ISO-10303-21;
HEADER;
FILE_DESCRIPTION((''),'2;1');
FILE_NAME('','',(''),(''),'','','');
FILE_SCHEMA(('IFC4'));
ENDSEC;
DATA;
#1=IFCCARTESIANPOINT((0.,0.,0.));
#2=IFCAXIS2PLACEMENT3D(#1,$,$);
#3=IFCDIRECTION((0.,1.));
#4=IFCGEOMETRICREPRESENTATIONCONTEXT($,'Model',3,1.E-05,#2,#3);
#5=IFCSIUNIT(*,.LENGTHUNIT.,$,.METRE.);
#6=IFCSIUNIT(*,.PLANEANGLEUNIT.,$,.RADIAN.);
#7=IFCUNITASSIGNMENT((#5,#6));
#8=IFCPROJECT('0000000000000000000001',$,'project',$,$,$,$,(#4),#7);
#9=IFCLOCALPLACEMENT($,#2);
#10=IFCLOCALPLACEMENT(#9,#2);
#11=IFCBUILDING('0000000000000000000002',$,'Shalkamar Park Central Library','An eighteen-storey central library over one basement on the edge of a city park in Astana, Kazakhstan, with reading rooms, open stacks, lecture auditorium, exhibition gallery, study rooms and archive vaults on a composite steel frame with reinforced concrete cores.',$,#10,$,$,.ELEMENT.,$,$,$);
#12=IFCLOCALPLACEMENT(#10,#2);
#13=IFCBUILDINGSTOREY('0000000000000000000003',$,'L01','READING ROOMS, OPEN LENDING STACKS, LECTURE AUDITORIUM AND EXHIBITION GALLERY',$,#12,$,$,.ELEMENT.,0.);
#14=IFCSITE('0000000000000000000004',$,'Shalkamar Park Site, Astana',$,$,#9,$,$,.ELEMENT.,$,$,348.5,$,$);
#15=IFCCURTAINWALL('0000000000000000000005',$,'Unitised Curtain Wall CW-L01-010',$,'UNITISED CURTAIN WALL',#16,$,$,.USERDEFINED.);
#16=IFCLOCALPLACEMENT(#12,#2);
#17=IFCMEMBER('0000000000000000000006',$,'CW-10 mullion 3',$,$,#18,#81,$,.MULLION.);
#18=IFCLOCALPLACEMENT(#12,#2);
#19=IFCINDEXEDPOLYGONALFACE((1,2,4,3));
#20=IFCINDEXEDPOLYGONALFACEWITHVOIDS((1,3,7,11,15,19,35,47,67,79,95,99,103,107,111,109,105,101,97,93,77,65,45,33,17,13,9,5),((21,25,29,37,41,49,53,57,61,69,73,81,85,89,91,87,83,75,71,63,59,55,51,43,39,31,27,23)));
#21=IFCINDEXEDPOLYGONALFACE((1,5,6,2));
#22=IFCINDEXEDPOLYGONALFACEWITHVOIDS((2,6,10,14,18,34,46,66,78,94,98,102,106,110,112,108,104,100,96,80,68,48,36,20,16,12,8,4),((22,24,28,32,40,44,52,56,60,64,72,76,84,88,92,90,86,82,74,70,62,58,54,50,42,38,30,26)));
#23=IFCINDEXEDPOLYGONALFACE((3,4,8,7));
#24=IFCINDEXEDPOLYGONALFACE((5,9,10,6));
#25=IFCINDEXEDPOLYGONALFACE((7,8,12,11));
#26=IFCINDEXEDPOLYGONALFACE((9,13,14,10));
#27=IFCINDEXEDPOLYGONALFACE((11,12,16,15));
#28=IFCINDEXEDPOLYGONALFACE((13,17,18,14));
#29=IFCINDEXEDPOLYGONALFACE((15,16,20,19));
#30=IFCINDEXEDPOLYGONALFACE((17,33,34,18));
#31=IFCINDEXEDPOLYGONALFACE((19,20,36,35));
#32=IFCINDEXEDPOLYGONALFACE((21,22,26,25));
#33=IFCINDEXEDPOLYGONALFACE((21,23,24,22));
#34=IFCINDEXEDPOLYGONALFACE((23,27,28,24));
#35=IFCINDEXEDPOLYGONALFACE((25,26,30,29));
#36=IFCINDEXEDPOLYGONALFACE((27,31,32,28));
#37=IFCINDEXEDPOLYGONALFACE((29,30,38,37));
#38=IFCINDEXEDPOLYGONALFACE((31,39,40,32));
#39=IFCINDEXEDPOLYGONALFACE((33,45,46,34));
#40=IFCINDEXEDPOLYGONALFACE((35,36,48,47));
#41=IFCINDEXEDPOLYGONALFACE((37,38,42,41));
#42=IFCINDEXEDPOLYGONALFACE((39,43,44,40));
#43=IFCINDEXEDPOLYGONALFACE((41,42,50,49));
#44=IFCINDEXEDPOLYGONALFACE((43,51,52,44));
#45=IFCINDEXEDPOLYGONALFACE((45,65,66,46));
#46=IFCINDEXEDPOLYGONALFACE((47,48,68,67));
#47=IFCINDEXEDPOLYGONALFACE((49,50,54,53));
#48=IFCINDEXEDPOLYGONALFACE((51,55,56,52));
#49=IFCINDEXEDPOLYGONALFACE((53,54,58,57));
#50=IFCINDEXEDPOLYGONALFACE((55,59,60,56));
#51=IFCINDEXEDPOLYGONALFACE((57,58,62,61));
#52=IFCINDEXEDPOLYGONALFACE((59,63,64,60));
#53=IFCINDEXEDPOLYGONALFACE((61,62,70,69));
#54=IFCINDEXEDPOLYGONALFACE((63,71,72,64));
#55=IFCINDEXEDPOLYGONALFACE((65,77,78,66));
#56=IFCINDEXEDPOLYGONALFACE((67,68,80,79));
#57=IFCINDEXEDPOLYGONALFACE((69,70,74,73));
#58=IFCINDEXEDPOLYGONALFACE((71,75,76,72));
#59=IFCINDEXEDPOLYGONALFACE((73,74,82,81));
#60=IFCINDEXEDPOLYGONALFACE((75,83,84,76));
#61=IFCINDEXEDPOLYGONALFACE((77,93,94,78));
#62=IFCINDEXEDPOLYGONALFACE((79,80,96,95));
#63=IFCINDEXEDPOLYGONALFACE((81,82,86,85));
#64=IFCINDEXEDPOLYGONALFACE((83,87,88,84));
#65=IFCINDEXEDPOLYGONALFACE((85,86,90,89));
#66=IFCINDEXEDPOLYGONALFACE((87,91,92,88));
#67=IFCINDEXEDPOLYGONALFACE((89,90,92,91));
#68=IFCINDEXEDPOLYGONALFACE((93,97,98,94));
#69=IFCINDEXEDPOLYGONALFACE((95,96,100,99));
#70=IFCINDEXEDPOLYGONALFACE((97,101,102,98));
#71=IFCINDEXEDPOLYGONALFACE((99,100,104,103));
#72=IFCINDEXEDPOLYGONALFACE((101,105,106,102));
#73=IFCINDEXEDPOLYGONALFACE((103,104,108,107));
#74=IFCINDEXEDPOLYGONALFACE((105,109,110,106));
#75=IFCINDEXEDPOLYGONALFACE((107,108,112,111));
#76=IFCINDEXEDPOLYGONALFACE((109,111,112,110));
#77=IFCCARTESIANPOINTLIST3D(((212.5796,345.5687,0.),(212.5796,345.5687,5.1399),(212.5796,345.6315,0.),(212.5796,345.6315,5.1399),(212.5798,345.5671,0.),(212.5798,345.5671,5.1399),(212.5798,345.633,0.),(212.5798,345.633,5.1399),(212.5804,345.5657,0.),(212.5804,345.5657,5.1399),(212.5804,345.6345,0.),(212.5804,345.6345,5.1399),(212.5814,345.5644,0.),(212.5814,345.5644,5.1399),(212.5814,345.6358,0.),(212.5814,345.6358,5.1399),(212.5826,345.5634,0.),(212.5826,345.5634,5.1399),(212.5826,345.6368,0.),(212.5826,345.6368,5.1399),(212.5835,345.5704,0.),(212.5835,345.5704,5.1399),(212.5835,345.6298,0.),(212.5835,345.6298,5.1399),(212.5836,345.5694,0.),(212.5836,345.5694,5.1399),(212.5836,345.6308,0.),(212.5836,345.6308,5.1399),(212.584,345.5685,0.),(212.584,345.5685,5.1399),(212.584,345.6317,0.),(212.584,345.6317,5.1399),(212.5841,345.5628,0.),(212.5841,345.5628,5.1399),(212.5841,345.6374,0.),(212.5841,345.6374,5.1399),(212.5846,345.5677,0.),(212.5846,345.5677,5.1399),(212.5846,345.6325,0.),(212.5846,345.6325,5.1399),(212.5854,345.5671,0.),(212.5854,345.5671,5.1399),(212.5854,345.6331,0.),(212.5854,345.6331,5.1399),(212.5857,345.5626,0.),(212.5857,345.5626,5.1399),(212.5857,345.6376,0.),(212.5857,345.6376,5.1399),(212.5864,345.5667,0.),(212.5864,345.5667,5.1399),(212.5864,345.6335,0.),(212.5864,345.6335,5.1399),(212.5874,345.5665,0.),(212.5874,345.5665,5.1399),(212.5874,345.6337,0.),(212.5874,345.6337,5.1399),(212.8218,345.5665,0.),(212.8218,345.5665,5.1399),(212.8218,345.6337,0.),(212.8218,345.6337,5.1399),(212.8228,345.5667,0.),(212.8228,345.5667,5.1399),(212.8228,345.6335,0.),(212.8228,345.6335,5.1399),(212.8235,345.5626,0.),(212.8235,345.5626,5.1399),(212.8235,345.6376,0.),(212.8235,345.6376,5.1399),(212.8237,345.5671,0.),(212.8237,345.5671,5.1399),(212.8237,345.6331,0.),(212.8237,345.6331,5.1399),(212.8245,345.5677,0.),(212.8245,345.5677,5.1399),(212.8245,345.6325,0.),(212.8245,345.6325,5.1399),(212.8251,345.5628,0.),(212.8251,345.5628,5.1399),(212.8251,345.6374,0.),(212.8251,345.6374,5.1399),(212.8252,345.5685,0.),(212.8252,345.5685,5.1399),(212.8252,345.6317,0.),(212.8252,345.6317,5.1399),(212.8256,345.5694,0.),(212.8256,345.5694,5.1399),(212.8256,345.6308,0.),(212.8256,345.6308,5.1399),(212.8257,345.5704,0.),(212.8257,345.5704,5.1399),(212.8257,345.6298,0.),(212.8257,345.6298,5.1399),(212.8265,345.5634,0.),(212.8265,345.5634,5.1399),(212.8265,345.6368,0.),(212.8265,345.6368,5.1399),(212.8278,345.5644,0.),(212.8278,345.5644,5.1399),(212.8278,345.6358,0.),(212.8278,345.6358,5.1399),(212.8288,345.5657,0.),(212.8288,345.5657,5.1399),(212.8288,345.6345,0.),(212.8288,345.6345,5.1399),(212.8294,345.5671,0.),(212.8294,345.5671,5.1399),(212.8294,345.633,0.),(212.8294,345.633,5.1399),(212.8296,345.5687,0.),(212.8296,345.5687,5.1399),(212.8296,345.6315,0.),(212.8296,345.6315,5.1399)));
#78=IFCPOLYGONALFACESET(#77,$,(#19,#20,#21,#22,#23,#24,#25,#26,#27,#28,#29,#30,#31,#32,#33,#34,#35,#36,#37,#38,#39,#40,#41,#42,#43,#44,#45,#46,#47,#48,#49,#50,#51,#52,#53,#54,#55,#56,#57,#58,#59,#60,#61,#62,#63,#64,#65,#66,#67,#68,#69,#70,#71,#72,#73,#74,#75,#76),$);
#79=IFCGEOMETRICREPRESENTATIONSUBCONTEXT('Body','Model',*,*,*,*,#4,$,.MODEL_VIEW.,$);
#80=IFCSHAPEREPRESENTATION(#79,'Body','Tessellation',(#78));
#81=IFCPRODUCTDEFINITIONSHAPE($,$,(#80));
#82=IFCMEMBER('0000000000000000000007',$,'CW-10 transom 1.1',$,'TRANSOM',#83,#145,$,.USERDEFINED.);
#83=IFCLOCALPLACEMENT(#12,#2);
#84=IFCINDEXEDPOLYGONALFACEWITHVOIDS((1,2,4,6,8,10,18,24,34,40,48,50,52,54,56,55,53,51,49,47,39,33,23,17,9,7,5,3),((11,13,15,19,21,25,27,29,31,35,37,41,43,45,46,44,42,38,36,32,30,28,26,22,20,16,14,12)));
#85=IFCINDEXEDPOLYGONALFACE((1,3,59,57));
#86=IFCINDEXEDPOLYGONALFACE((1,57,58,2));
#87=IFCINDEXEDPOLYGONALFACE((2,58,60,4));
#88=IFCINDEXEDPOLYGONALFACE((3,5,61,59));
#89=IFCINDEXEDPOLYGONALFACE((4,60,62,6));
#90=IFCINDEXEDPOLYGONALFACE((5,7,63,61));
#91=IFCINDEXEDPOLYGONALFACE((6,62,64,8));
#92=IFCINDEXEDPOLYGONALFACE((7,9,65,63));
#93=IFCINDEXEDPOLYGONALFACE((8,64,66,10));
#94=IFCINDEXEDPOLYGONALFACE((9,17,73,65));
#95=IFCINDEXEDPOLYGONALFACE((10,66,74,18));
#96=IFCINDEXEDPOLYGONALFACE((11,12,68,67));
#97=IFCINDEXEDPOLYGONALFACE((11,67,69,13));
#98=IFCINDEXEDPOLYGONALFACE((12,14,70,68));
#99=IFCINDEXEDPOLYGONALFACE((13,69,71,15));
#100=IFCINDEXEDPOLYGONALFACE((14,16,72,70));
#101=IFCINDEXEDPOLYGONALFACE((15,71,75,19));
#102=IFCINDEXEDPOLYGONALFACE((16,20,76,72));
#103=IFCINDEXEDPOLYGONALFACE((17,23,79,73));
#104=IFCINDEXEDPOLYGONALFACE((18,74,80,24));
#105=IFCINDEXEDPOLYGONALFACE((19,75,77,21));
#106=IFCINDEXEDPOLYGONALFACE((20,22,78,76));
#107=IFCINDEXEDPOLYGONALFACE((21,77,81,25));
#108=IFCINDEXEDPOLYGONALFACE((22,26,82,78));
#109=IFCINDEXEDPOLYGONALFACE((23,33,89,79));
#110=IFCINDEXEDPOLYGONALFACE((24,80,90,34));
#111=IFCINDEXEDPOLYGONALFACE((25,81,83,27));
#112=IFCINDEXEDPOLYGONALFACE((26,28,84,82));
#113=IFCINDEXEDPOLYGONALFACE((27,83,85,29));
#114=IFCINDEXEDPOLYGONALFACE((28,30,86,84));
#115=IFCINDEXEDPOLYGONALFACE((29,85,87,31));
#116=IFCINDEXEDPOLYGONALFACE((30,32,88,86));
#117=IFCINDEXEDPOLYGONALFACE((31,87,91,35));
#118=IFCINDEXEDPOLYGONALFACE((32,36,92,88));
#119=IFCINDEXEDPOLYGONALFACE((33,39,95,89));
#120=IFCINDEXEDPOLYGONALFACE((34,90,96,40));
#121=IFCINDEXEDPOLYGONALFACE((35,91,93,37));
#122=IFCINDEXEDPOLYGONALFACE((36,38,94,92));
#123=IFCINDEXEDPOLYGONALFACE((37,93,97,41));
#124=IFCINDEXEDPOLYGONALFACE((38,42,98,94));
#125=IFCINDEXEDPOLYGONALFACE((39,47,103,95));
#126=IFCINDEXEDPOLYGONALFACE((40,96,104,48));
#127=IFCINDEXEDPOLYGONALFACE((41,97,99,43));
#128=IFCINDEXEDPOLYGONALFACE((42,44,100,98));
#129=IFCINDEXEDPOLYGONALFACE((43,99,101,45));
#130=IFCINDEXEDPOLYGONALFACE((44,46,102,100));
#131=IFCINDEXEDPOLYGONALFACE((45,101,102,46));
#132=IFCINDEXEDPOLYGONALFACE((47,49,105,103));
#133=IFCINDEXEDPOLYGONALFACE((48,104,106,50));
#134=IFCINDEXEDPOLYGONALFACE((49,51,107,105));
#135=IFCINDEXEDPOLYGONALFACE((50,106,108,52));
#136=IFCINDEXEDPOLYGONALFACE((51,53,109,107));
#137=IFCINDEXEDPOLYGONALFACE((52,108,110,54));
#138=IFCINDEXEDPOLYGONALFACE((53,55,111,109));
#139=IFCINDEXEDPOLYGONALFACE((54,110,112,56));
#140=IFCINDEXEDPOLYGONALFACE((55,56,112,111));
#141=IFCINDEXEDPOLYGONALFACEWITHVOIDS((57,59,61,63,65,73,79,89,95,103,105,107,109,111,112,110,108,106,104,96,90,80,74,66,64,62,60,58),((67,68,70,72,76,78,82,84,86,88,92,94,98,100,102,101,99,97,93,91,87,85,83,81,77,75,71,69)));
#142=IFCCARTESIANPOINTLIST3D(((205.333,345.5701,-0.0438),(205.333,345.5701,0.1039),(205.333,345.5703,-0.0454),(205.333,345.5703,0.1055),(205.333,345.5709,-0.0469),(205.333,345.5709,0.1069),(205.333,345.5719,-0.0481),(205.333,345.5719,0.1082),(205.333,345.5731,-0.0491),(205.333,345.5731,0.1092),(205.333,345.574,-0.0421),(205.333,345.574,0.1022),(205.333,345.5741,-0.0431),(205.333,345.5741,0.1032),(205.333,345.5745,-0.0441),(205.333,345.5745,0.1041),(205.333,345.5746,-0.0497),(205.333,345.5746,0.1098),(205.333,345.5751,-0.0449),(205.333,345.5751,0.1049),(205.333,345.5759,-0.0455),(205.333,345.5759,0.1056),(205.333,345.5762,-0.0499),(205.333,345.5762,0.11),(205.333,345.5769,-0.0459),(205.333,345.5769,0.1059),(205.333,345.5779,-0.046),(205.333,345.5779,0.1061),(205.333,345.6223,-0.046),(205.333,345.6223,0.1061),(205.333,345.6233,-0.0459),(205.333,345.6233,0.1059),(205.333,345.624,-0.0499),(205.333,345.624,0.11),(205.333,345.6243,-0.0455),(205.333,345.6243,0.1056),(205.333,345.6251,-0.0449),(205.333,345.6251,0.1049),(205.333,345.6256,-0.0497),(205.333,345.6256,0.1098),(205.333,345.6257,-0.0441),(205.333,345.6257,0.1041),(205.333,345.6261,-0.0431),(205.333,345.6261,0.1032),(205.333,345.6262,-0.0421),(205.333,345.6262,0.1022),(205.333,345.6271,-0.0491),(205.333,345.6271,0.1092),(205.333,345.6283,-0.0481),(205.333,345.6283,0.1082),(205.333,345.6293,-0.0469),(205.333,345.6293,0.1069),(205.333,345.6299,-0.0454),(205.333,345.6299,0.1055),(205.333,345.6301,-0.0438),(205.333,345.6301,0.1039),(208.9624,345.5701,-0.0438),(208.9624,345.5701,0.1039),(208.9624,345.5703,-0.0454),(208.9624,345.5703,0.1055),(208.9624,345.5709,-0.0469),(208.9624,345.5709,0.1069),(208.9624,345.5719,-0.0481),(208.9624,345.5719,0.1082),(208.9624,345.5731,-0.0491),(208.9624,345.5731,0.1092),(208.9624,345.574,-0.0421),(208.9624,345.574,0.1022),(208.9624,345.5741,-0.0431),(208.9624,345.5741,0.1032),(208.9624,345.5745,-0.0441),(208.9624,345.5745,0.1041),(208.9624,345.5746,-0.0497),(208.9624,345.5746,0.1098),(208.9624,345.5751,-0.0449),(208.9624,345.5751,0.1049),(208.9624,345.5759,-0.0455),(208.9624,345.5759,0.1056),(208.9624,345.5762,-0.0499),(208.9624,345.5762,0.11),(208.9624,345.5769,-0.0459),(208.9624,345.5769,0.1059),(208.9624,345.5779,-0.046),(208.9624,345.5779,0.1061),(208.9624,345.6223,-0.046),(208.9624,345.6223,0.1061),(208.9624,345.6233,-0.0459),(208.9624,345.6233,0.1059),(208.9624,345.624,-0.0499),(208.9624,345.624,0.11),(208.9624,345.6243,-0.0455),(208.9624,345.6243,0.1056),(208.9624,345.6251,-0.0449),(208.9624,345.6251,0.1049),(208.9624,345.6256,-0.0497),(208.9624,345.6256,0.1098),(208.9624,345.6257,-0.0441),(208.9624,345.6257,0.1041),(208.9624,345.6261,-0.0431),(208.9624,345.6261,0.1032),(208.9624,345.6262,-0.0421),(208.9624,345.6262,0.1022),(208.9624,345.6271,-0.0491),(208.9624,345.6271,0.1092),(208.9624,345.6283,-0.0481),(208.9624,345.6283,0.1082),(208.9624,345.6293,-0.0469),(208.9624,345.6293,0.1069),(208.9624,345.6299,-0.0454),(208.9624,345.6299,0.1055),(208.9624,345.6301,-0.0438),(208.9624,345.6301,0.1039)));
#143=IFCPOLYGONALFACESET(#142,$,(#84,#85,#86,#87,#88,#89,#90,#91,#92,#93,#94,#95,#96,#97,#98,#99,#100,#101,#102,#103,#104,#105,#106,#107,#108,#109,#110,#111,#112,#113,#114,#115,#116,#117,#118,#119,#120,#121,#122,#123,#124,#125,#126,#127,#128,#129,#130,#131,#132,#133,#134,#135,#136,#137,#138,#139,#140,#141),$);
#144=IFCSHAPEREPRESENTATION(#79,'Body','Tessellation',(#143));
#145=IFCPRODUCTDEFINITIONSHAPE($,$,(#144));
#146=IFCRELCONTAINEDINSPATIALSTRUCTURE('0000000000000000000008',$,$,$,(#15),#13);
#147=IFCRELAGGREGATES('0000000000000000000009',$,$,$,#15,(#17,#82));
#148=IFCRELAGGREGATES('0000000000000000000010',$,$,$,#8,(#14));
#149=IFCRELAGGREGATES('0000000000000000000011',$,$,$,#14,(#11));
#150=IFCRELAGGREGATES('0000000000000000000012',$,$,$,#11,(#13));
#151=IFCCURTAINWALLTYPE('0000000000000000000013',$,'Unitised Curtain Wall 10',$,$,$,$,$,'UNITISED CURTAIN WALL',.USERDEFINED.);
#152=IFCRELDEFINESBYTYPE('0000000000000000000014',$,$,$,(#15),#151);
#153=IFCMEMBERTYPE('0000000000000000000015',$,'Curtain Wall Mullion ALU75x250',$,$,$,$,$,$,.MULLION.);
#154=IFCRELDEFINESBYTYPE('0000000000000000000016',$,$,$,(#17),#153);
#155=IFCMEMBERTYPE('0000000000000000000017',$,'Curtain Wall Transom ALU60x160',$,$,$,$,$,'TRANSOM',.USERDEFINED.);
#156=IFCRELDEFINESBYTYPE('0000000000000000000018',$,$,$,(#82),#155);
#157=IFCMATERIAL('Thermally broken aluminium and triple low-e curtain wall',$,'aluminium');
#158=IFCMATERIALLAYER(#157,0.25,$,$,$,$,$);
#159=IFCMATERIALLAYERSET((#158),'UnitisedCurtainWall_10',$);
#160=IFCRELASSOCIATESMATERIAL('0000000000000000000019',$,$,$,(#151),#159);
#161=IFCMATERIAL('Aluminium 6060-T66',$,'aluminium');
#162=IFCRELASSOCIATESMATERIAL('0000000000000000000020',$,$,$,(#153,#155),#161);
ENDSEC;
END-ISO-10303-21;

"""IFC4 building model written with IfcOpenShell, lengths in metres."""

from ifc_helpers import new_model, si_unit, direction, frame, origin, origin_2d, place, context, subcontext, project, spatial, hollow_rectangle, extrude, material, layer, layer_set, material_profile, profile_set, type_object, element, aggregate, save


model = new_model("IFC4")

# Units and contexts
model_context = context("Model", 3, precision=1e-05, world=origin(), true_north=direction((0.0, 1.0)))
body_context = subcontext(model_context, "Body", "Model", "MODEL_VIEW")
ifc_project = project(units=[si_unit("LENGTHUNIT", "METRE"), si_unit("PLANEANGLEUNIT", "RADIAN")], contexts=[model_context])

# Site, building, storey
site_placement = place(None, origin())
site = spatial("IfcSite", under=ifc_project, at=site_placement, Name="Shalkamar Park Site, Astana", CompositionType="ELEMENT", RefElevation=348.5)
building_placement = place(site_placement, origin())
building = spatial("IfcBuilding", under=site, at=building_placement, Name="Shalkamar Park Central Library", Description="An eighteen-storey central library over one basement on the edge of a city park in Astana, Kazakhstan, with reading rooms, open stacks, lecture auditorium, exhibition gallery, study rooms and archive vaults on a composite steel frame with reinforced concrete cores.", CompositionType="ELEMENT")
storey_placement = place(building_placement, origin())
storey = spatial("IfcBuildingStorey", under=building, at=storey_placement, Name="L01", Description="READING ROOMS, OPEN LENDING STACKS, LECTURE AUDITORIUM AND EXHIBITION GALLERY", CompositionType="ELEMENT", Elevation=0.0)

# Curtain wall, members
ifc_material_1 = material(Name="Thermally broken aluminium and triple low-e curtain wall", Category="aluminium")
ifc_layer_1 = layer(ifc_material_1, 0.25)
ifc_layer_set_1 = layer_set([ifc_layer_1], Name="UnitisedCurtainWall_10")
curtain_wall_type = type_object("IfcCurtainWallType", Name="Unitised Curtain Wall 10", ElementType="UNITISED CURTAIN WALL", PredefinedType="USERDEFINED", material=ifc_layer_set_1)
curtain_wall_placement = place(storey_placement, origin())
curtain_wall = element("IfcCurtainWall", 1, at=curtain_wall_placement, inside=storey, type_object=curtain_wall_type, Name="Unitised Curtain Wall CW-L01-010", ObjectType="UNITISED CURTAIN WALL", PredefinedType="USERDEFINED")
ifc_material_2 = material(Name="Aluminium 6060-T66", Category="aluminium")
ifc_material_profile_1 = material_profile(ifc_material_2, hollow_rectangle(XDim=0.075, YDim=0.25, WallThickness=0.0039, InnerFilletRadius=0.0039, OuterFilletRadius=0.0061, at=origin_2d()), Name="ALU 75x250x4")
ifc_profile_set_1 = profile_set([ifc_material_profile_1], Name="Aluminium 6060-T66")
member_type_1 = type_object("IfcMemberType", Name="Curtain Wall Mullion ALU75x250", PredefinedType="MULLION", material=ifc_profile_set_1)
member_1_placement = place(storey_placement, frame((212.7046, 345.6001, 0.0), z_axis=(0.0, 0.0, 1.0), x_axis=(0.0, 1.0, 0.0)))
member_1 = element("IfcMember", 2, at=member_1_placement, type_object=member_type_1, Name="CW-10 mullion 3", PredefinedType="MULLION", context=body_context, shape_type="SweptSolid", body=[
    extrude(hollow_rectangle(XDim=0.075, YDim=0.25, WallThickness=0.0039, InnerFilletRadius=0.0039, OuterFilletRadius=0.0061, at=origin_2d()), origin(), (0.0, 0.0, 1.0), 5.1399),
])
ifc_material_profile_2 = material_profile(ifc_material_2, hollow_rectangle(XDim=0.0601, YDim=0.1599, WallThickness=0.0039, InnerFilletRadius=0.0039, OuterFilletRadius=0.0061, at=origin_2d()), Name="ALU 60x160x4")
ifc_profile_set_2 = profile_set([ifc_material_profile_2], Name="Aluminium 6060-T66")
member_type_2 = type_object("IfcMemberType", Name="Curtain Wall Transom ALU60x160", ElementType="TRANSOM", PredefinedType="USERDEFINED", material=ifc_profile_set_2)
member_2_placement = place(storey_placement, frame((205.333, 345.6001, 0.03), z_axis=(1.0, 0.0, 0.0), x_axis=(0.0, 1.0, 0.0)))
member_2 = element("IfcMember", 3, at=member_2_placement, type_object=member_type_2, Name="CW-10 transom 1.1", ObjectType="TRANSOM", PredefinedType="USERDEFINED", context=body_context, shape_type="SweptSolid", body=[
    extrude(hollow_rectangle(XDim=0.0601, YDim=0.1599, WallThickness=0.0039, InnerFilletRadius=0.0039, OuterFilletRadius=0.0061, at=origin_2d()), origin(), (0.0, 0.0, 1.0), 3.6294),
])

aggregate(curtain_wall, [member_1, member_2])

save(model, "model.ifc")
